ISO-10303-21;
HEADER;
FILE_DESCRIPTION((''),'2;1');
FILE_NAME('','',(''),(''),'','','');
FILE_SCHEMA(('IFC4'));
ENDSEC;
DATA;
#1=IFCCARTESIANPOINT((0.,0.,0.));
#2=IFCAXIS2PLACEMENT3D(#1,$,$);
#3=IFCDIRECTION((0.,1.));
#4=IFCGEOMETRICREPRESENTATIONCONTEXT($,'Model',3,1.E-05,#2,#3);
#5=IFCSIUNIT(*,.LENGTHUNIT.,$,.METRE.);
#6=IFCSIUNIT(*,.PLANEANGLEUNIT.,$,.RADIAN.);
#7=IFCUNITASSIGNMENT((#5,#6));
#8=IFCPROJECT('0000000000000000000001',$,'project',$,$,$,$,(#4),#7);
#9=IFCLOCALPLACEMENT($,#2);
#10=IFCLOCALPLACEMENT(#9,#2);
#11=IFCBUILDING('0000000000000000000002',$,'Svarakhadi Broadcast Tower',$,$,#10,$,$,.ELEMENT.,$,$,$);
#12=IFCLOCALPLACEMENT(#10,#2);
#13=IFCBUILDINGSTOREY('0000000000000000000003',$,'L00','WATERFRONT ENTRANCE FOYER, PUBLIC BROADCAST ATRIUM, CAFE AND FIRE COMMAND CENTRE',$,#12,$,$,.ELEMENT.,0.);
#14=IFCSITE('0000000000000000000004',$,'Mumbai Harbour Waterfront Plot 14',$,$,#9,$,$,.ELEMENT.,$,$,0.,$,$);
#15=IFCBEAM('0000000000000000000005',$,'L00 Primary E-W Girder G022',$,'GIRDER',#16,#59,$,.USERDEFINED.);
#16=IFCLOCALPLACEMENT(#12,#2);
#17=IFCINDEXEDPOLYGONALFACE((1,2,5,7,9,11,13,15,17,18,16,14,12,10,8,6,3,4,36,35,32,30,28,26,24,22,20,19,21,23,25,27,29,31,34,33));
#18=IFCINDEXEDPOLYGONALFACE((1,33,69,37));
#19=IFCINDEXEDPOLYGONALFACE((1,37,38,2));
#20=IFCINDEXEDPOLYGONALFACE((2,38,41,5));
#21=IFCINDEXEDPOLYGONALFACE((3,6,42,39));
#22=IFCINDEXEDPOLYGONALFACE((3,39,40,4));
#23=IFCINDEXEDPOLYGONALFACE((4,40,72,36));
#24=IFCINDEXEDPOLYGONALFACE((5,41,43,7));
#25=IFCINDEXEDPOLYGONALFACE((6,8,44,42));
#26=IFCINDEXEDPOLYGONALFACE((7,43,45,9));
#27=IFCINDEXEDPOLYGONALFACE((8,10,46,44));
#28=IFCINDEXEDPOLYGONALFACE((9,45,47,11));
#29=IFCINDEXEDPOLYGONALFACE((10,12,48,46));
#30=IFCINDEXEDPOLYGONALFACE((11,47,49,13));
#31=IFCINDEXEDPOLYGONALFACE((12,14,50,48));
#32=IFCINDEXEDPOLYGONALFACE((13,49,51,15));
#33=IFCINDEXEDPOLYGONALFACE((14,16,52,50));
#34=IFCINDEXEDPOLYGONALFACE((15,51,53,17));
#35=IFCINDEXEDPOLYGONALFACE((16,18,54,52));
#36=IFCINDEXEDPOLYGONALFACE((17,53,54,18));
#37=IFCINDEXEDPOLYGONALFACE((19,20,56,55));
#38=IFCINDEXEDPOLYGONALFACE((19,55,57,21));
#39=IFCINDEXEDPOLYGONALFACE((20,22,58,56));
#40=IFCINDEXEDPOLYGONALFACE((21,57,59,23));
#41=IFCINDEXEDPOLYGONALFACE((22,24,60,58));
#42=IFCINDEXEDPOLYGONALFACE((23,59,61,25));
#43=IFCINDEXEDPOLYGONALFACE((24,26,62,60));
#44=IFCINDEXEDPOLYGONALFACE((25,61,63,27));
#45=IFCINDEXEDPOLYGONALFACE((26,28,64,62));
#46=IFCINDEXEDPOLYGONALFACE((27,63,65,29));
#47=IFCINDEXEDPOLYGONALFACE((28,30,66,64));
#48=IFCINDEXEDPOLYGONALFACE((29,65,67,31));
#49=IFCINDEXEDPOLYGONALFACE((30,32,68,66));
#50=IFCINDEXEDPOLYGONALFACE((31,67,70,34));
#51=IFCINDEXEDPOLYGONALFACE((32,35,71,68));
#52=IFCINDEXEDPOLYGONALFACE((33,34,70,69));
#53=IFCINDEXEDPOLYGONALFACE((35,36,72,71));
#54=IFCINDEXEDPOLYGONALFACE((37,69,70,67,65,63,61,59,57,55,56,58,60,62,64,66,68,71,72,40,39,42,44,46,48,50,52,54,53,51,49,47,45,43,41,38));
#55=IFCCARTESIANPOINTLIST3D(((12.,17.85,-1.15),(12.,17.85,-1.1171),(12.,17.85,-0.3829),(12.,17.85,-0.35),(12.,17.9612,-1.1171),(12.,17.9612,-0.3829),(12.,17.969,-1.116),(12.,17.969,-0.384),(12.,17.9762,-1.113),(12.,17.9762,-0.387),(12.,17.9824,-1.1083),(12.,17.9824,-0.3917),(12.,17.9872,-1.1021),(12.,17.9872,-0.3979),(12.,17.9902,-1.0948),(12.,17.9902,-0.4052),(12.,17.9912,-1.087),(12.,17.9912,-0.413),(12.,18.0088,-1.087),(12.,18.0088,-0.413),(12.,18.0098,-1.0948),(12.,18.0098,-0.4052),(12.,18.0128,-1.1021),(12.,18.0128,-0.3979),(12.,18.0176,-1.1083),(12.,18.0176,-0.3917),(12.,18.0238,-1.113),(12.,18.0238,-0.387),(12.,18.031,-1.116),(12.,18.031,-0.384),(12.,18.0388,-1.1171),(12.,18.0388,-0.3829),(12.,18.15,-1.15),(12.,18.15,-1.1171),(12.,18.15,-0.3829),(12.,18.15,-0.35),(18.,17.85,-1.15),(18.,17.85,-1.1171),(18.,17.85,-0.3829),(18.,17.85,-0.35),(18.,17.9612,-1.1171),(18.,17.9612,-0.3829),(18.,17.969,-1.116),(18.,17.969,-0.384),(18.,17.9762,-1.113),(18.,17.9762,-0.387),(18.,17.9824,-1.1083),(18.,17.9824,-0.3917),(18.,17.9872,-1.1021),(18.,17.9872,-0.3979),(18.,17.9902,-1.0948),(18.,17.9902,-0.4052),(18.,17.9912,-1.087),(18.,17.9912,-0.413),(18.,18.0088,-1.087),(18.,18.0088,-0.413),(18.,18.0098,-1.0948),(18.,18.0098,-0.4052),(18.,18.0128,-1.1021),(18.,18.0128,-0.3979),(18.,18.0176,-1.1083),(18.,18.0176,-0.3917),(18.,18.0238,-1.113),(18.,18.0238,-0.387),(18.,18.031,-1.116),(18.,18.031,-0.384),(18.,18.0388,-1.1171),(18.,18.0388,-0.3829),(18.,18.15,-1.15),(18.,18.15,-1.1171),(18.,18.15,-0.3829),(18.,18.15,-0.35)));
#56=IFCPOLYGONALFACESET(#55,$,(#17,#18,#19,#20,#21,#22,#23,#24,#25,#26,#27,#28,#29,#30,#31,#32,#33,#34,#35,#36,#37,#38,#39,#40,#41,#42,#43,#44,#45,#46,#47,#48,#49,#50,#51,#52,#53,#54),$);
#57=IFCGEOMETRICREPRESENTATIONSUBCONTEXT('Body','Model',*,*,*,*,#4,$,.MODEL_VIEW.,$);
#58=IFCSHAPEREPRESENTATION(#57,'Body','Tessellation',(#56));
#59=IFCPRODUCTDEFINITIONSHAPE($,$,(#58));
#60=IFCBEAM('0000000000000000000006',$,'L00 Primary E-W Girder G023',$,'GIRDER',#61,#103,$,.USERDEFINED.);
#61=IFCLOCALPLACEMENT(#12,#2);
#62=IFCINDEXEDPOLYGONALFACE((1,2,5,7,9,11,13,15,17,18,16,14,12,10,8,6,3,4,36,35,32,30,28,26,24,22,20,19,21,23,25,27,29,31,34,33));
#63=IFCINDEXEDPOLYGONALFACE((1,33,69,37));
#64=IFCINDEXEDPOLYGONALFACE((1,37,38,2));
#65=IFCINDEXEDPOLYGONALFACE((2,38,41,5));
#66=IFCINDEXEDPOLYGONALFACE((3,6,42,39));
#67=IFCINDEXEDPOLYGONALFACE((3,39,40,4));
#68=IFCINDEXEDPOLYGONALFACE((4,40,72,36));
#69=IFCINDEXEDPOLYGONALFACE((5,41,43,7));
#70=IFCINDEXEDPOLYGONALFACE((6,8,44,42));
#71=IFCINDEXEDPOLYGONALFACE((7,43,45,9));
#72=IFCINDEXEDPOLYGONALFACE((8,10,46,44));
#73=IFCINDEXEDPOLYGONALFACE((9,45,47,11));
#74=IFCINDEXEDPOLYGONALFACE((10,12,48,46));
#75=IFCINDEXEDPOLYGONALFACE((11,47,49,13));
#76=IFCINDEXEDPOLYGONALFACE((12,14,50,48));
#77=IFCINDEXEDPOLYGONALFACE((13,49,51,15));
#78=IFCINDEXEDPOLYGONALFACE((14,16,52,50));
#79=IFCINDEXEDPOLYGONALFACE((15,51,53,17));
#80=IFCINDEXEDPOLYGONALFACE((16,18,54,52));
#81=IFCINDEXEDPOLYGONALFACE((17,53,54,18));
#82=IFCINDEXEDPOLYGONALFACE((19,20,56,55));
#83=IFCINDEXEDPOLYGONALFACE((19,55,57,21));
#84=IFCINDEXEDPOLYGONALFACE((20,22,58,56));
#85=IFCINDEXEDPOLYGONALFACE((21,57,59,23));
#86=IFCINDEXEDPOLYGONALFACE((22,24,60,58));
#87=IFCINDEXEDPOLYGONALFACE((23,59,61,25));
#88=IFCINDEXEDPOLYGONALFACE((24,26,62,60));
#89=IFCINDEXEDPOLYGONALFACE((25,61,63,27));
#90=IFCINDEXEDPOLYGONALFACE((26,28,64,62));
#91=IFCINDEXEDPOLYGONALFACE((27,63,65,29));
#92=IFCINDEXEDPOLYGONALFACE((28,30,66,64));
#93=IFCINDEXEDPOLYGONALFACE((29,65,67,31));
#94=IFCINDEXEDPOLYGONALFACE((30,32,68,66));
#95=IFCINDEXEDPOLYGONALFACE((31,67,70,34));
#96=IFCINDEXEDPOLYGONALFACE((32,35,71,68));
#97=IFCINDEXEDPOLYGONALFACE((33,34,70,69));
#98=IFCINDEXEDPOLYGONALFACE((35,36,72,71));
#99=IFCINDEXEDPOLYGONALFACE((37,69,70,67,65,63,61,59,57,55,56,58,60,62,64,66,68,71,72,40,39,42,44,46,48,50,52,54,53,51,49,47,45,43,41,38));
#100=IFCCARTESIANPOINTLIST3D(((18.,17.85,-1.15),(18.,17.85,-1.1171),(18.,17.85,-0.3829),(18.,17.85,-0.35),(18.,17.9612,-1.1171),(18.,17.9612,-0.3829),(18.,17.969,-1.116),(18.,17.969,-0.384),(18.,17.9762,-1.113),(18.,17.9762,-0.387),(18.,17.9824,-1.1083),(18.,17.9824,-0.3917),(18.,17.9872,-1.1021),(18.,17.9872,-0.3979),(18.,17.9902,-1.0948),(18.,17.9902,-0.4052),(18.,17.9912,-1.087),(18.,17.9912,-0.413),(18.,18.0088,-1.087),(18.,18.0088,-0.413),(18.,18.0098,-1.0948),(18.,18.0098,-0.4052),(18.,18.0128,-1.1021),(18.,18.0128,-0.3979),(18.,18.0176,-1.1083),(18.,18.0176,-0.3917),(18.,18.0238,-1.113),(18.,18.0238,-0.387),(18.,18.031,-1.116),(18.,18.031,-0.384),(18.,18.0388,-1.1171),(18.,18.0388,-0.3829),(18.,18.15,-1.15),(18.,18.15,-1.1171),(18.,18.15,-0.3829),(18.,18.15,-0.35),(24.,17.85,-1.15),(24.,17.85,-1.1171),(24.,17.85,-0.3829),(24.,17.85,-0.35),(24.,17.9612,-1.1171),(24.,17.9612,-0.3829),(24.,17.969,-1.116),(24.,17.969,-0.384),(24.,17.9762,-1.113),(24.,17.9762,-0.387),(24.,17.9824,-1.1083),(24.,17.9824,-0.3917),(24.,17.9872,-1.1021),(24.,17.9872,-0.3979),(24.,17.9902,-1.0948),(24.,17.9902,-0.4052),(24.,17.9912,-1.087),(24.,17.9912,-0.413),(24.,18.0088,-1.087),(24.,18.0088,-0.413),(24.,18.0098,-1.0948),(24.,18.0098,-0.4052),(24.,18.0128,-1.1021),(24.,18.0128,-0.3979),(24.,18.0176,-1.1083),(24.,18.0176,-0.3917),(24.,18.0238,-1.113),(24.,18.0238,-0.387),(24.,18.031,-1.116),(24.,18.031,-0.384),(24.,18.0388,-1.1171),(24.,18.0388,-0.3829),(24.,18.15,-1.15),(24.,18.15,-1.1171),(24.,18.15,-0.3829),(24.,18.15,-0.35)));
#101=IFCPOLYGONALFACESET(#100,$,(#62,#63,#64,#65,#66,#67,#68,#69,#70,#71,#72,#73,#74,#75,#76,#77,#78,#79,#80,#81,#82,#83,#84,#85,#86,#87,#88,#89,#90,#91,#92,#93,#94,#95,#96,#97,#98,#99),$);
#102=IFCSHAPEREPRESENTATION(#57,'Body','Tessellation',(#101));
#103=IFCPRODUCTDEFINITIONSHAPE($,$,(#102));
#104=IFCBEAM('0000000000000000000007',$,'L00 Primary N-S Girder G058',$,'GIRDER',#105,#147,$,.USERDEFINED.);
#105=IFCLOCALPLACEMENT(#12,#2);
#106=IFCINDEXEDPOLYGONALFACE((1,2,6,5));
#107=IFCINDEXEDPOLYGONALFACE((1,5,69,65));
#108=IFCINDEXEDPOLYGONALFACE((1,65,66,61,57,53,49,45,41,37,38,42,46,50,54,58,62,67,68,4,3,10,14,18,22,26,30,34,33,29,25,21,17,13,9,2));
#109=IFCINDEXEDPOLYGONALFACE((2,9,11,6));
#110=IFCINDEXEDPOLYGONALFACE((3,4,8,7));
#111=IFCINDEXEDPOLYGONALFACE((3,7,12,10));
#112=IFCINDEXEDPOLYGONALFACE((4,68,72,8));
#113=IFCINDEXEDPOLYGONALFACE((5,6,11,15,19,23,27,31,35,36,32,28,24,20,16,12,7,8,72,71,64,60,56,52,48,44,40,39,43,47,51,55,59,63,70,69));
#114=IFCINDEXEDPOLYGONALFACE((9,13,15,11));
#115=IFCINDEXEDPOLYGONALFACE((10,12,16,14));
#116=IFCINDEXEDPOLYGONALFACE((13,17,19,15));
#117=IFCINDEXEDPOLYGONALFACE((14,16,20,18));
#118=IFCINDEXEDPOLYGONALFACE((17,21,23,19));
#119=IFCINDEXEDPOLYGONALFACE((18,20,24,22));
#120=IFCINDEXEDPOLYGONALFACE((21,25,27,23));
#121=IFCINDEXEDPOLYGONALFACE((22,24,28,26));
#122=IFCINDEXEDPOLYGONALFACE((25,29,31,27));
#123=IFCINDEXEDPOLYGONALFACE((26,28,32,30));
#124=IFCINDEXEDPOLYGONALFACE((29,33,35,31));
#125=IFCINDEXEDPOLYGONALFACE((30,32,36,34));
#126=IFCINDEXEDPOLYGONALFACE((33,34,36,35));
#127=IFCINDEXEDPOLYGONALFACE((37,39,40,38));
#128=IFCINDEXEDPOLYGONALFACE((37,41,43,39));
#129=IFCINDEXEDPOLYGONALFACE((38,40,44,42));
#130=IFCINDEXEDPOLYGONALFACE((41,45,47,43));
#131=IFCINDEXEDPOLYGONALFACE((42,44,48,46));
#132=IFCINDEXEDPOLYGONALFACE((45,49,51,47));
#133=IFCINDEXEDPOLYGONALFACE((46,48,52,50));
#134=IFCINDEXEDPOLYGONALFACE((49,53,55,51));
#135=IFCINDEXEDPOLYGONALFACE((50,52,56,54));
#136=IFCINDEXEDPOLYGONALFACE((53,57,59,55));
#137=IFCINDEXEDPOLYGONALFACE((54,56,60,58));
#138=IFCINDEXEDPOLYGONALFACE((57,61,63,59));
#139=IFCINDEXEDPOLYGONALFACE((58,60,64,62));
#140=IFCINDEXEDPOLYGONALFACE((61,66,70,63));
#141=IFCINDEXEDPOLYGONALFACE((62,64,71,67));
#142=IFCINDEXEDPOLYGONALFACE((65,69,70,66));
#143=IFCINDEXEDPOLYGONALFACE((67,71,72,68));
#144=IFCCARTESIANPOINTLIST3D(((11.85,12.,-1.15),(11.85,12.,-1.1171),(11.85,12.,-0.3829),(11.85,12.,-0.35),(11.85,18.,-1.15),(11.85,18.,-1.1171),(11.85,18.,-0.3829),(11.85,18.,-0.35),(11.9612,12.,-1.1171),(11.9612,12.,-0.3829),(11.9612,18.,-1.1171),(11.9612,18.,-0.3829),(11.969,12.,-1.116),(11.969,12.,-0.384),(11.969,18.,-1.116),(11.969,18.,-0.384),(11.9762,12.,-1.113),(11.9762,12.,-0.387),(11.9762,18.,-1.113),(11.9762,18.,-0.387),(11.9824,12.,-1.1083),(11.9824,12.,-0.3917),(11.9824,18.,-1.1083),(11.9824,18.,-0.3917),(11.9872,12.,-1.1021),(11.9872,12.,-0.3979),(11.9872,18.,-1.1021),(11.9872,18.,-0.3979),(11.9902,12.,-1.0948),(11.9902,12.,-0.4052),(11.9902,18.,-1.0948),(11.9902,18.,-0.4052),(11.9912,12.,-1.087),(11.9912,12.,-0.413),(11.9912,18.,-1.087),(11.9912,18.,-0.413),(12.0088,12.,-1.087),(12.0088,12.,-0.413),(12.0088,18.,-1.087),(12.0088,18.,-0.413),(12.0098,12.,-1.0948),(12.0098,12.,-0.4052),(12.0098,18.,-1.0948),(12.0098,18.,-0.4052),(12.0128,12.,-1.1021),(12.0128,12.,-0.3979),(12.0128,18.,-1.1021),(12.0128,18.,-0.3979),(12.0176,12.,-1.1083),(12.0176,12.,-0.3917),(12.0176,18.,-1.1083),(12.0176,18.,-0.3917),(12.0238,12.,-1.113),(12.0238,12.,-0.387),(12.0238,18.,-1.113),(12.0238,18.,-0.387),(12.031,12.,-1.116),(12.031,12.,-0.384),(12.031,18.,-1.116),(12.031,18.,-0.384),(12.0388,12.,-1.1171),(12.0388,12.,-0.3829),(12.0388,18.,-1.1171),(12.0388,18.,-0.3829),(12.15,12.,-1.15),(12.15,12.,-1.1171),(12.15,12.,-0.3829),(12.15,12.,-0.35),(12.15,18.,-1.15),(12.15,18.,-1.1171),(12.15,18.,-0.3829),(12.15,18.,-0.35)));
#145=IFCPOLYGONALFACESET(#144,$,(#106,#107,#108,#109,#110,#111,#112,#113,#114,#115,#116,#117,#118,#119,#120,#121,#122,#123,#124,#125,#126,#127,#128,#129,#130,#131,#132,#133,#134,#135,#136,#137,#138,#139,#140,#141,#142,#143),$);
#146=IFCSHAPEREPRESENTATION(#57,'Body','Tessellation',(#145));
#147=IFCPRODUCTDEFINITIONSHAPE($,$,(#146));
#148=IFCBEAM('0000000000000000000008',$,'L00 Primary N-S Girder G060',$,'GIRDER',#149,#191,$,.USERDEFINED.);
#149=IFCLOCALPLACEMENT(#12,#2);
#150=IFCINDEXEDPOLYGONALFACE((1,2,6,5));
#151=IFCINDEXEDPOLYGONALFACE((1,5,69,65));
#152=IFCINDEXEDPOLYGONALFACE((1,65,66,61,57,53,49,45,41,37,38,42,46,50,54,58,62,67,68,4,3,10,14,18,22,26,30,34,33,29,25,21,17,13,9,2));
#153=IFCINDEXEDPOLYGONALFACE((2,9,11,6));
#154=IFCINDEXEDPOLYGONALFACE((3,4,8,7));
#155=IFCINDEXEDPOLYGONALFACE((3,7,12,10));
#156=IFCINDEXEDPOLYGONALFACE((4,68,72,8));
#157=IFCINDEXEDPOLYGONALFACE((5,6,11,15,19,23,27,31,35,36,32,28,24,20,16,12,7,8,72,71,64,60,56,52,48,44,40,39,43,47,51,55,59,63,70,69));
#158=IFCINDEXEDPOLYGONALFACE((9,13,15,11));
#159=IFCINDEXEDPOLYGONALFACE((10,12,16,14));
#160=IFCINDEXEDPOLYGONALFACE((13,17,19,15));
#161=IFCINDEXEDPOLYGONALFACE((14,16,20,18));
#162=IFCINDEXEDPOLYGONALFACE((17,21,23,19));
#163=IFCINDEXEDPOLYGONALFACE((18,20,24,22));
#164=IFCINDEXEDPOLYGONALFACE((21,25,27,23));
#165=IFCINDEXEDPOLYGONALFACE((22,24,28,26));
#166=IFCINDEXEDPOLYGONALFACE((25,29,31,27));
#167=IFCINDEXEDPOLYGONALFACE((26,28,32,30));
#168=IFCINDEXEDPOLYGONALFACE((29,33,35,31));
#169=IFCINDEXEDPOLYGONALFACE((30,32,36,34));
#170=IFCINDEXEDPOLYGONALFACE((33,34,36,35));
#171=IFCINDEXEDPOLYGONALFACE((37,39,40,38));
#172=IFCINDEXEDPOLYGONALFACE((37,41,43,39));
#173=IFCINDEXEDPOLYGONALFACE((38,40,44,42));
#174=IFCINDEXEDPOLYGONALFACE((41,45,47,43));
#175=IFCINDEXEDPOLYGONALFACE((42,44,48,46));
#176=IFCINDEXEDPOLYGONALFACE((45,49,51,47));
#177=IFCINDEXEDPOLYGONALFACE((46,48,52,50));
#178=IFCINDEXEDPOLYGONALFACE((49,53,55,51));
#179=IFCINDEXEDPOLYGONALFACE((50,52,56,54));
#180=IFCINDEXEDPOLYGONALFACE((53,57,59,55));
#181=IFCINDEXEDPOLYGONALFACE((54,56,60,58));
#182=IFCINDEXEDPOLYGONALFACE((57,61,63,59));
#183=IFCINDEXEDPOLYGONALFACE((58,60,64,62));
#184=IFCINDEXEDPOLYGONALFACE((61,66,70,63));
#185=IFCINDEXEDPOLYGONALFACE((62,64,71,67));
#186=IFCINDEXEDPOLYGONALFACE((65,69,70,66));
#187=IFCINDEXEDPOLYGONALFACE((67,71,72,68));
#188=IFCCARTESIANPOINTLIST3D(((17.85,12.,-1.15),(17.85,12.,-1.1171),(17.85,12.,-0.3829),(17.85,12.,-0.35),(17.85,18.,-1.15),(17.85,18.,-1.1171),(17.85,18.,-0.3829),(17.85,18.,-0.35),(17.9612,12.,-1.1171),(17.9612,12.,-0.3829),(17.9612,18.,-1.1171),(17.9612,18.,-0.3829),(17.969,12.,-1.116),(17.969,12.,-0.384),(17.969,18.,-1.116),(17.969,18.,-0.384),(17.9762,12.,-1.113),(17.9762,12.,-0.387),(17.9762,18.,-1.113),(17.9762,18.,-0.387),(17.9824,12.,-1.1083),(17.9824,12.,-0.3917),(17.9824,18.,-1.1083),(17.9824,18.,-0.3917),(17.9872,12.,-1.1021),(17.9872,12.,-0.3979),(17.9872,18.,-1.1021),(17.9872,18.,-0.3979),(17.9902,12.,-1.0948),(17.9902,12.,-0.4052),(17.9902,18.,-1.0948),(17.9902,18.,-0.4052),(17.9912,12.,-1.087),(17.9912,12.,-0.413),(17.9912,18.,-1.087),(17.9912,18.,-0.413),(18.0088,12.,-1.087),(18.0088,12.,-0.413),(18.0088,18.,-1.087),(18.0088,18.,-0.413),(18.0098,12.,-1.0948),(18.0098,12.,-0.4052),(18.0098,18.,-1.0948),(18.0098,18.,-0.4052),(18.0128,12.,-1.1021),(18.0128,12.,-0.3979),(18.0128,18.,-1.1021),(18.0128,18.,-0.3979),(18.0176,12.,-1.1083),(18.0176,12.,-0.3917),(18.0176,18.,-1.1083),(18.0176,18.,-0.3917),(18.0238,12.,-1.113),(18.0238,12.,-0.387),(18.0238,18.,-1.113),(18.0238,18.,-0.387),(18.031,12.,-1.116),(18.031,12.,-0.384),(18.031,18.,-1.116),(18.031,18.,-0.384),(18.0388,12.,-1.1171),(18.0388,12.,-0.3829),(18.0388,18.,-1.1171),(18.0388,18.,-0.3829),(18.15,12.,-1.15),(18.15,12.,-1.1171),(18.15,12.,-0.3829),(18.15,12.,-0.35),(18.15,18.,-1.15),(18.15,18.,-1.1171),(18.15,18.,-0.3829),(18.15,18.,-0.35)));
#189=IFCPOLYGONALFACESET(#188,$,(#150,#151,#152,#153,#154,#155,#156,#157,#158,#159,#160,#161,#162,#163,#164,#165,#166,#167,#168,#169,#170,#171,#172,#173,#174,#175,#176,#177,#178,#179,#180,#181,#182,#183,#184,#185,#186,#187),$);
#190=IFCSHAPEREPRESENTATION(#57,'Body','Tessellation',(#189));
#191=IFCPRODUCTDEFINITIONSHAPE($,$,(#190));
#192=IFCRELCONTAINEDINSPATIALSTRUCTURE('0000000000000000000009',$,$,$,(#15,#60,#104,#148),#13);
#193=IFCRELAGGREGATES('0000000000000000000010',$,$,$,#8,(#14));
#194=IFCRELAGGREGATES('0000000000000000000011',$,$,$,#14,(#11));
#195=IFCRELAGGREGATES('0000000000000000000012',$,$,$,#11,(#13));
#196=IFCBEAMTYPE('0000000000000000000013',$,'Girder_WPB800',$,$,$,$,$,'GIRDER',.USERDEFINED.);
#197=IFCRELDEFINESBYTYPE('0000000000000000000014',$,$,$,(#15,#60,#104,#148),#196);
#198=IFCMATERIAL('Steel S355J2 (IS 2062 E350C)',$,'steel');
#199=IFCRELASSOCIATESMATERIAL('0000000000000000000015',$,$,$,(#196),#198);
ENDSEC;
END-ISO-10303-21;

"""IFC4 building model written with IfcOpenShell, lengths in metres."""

from ifc_helpers import new_model, si_unit, direction, frame, origin, origin_2d, place, context, subcontext, project, spatial, i_section, extrude, material, material_profile, profile_set, type_object, element, save


model = new_model("IFC4")

# Units and contexts
model_context = context("Model", 3, precision=1e-05, world=origin(), true_north=direction((0.0, 1.0)))
body_context = subcontext(model_context, "Body", "Model", "MODEL_VIEW")
ifc_project = project(units=[si_unit("LENGTHUNIT", "METRE"), si_unit("PLANEANGLEUNIT", "RADIAN")], contexts=[model_context])

# Site, building, storey
site_placement = place(None, origin())
site = spatial("IfcSite", under=ifc_project, at=site_placement, Name="Mumbai Harbour Waterfront Plot 14", CompositionType="ELEMENT", RefElevation=0.0)
building_placement = place(site_placement, origin())
building = spatial("IfcBuilding", under=site, at=building_placement, Name="Svarakhadi Broadcast Tower", CompositionType="ELEMENT")
storey_placement = place(building_placement, origin())
storey = spatial("IfcBuildingStorey", under=building, at=storey_placement, Name="L00", Description="WATERFRONT ENTRANCE FOYER, PUBLIC BROADCAST ATRIUM, CAFE AND FIRE COMMAND CENTRE", CompositionType="ELEMENT", Elevation=0.0)

# Beams
ifc_material_1 = material(Name="Steel S355J2 (IS 2062 E350C)", Category="steel")
ifc_material_profile_1 = material_profile(ifc_material_1, i_section(OverallWidth=0.3, OverallDepth=0.8, WebThickness=0.0176, FlangeThickness=0.033, FilletRadius=0.03, at=origin_2d()), Name="WPB 800x300x262")
ifc_profile_set_1 = profile_set([ifc_material_profile_1], Name="Steel S355J2 (IS 2062 E350C)")
beam_type_1 = type_object("IfcBeamType", Name="Girder_WPB800", ElementType="GIRDER", PredefinedType="USERDEFINED", material=ifc_profile_set_1)
for number, where, z_axis, x_axis, name in (
    (1, (12.0, 18.0, -0.75), (1.0, 0.0, 0.0), (0.0, 1.0, 0.0), "L00 Primary E-W Girder G022"),
    (2, (18.0, 18.0, -0.75), (1.0, 0.0, 0.0), (0.0, 1.0, 0.0), "L00 Primary E-W Girder G023"),
    (3, (12.0, 12.0, -0.75), (0.0, 1.0, 0.0), (-1.0, 0.0, 0.0), "L00 Primary N-S Girder G058"),
    (4, (18.0, 12.0, -0.75), (0.0, 1.0, 0.0), (-1.0, 0.0, 0.0), "L00 Primary N-S Girder G060"),
):
    element("IfcBeam", number, at=place(storey_placement, frame(where, z_axis=z_axis, x_axis=x_axis)), inside=storey, type_object=beam_type_1, Name=name, ObjectType="GIRDER", PredefinedType="USERDEFINED", context=body_context, shape_type="SweptSolid", body=[
        extrude(i_section(OverallWidth=0.3, OverallDepth=0.8, WebThickness=0.0176, FlangeThickness=0.033, FilletRadius=0.03, at=origin_2d()), origin(), (0.0, 0.0, 1.0), 6.0),
    ])

save(model, "model.ifc")
